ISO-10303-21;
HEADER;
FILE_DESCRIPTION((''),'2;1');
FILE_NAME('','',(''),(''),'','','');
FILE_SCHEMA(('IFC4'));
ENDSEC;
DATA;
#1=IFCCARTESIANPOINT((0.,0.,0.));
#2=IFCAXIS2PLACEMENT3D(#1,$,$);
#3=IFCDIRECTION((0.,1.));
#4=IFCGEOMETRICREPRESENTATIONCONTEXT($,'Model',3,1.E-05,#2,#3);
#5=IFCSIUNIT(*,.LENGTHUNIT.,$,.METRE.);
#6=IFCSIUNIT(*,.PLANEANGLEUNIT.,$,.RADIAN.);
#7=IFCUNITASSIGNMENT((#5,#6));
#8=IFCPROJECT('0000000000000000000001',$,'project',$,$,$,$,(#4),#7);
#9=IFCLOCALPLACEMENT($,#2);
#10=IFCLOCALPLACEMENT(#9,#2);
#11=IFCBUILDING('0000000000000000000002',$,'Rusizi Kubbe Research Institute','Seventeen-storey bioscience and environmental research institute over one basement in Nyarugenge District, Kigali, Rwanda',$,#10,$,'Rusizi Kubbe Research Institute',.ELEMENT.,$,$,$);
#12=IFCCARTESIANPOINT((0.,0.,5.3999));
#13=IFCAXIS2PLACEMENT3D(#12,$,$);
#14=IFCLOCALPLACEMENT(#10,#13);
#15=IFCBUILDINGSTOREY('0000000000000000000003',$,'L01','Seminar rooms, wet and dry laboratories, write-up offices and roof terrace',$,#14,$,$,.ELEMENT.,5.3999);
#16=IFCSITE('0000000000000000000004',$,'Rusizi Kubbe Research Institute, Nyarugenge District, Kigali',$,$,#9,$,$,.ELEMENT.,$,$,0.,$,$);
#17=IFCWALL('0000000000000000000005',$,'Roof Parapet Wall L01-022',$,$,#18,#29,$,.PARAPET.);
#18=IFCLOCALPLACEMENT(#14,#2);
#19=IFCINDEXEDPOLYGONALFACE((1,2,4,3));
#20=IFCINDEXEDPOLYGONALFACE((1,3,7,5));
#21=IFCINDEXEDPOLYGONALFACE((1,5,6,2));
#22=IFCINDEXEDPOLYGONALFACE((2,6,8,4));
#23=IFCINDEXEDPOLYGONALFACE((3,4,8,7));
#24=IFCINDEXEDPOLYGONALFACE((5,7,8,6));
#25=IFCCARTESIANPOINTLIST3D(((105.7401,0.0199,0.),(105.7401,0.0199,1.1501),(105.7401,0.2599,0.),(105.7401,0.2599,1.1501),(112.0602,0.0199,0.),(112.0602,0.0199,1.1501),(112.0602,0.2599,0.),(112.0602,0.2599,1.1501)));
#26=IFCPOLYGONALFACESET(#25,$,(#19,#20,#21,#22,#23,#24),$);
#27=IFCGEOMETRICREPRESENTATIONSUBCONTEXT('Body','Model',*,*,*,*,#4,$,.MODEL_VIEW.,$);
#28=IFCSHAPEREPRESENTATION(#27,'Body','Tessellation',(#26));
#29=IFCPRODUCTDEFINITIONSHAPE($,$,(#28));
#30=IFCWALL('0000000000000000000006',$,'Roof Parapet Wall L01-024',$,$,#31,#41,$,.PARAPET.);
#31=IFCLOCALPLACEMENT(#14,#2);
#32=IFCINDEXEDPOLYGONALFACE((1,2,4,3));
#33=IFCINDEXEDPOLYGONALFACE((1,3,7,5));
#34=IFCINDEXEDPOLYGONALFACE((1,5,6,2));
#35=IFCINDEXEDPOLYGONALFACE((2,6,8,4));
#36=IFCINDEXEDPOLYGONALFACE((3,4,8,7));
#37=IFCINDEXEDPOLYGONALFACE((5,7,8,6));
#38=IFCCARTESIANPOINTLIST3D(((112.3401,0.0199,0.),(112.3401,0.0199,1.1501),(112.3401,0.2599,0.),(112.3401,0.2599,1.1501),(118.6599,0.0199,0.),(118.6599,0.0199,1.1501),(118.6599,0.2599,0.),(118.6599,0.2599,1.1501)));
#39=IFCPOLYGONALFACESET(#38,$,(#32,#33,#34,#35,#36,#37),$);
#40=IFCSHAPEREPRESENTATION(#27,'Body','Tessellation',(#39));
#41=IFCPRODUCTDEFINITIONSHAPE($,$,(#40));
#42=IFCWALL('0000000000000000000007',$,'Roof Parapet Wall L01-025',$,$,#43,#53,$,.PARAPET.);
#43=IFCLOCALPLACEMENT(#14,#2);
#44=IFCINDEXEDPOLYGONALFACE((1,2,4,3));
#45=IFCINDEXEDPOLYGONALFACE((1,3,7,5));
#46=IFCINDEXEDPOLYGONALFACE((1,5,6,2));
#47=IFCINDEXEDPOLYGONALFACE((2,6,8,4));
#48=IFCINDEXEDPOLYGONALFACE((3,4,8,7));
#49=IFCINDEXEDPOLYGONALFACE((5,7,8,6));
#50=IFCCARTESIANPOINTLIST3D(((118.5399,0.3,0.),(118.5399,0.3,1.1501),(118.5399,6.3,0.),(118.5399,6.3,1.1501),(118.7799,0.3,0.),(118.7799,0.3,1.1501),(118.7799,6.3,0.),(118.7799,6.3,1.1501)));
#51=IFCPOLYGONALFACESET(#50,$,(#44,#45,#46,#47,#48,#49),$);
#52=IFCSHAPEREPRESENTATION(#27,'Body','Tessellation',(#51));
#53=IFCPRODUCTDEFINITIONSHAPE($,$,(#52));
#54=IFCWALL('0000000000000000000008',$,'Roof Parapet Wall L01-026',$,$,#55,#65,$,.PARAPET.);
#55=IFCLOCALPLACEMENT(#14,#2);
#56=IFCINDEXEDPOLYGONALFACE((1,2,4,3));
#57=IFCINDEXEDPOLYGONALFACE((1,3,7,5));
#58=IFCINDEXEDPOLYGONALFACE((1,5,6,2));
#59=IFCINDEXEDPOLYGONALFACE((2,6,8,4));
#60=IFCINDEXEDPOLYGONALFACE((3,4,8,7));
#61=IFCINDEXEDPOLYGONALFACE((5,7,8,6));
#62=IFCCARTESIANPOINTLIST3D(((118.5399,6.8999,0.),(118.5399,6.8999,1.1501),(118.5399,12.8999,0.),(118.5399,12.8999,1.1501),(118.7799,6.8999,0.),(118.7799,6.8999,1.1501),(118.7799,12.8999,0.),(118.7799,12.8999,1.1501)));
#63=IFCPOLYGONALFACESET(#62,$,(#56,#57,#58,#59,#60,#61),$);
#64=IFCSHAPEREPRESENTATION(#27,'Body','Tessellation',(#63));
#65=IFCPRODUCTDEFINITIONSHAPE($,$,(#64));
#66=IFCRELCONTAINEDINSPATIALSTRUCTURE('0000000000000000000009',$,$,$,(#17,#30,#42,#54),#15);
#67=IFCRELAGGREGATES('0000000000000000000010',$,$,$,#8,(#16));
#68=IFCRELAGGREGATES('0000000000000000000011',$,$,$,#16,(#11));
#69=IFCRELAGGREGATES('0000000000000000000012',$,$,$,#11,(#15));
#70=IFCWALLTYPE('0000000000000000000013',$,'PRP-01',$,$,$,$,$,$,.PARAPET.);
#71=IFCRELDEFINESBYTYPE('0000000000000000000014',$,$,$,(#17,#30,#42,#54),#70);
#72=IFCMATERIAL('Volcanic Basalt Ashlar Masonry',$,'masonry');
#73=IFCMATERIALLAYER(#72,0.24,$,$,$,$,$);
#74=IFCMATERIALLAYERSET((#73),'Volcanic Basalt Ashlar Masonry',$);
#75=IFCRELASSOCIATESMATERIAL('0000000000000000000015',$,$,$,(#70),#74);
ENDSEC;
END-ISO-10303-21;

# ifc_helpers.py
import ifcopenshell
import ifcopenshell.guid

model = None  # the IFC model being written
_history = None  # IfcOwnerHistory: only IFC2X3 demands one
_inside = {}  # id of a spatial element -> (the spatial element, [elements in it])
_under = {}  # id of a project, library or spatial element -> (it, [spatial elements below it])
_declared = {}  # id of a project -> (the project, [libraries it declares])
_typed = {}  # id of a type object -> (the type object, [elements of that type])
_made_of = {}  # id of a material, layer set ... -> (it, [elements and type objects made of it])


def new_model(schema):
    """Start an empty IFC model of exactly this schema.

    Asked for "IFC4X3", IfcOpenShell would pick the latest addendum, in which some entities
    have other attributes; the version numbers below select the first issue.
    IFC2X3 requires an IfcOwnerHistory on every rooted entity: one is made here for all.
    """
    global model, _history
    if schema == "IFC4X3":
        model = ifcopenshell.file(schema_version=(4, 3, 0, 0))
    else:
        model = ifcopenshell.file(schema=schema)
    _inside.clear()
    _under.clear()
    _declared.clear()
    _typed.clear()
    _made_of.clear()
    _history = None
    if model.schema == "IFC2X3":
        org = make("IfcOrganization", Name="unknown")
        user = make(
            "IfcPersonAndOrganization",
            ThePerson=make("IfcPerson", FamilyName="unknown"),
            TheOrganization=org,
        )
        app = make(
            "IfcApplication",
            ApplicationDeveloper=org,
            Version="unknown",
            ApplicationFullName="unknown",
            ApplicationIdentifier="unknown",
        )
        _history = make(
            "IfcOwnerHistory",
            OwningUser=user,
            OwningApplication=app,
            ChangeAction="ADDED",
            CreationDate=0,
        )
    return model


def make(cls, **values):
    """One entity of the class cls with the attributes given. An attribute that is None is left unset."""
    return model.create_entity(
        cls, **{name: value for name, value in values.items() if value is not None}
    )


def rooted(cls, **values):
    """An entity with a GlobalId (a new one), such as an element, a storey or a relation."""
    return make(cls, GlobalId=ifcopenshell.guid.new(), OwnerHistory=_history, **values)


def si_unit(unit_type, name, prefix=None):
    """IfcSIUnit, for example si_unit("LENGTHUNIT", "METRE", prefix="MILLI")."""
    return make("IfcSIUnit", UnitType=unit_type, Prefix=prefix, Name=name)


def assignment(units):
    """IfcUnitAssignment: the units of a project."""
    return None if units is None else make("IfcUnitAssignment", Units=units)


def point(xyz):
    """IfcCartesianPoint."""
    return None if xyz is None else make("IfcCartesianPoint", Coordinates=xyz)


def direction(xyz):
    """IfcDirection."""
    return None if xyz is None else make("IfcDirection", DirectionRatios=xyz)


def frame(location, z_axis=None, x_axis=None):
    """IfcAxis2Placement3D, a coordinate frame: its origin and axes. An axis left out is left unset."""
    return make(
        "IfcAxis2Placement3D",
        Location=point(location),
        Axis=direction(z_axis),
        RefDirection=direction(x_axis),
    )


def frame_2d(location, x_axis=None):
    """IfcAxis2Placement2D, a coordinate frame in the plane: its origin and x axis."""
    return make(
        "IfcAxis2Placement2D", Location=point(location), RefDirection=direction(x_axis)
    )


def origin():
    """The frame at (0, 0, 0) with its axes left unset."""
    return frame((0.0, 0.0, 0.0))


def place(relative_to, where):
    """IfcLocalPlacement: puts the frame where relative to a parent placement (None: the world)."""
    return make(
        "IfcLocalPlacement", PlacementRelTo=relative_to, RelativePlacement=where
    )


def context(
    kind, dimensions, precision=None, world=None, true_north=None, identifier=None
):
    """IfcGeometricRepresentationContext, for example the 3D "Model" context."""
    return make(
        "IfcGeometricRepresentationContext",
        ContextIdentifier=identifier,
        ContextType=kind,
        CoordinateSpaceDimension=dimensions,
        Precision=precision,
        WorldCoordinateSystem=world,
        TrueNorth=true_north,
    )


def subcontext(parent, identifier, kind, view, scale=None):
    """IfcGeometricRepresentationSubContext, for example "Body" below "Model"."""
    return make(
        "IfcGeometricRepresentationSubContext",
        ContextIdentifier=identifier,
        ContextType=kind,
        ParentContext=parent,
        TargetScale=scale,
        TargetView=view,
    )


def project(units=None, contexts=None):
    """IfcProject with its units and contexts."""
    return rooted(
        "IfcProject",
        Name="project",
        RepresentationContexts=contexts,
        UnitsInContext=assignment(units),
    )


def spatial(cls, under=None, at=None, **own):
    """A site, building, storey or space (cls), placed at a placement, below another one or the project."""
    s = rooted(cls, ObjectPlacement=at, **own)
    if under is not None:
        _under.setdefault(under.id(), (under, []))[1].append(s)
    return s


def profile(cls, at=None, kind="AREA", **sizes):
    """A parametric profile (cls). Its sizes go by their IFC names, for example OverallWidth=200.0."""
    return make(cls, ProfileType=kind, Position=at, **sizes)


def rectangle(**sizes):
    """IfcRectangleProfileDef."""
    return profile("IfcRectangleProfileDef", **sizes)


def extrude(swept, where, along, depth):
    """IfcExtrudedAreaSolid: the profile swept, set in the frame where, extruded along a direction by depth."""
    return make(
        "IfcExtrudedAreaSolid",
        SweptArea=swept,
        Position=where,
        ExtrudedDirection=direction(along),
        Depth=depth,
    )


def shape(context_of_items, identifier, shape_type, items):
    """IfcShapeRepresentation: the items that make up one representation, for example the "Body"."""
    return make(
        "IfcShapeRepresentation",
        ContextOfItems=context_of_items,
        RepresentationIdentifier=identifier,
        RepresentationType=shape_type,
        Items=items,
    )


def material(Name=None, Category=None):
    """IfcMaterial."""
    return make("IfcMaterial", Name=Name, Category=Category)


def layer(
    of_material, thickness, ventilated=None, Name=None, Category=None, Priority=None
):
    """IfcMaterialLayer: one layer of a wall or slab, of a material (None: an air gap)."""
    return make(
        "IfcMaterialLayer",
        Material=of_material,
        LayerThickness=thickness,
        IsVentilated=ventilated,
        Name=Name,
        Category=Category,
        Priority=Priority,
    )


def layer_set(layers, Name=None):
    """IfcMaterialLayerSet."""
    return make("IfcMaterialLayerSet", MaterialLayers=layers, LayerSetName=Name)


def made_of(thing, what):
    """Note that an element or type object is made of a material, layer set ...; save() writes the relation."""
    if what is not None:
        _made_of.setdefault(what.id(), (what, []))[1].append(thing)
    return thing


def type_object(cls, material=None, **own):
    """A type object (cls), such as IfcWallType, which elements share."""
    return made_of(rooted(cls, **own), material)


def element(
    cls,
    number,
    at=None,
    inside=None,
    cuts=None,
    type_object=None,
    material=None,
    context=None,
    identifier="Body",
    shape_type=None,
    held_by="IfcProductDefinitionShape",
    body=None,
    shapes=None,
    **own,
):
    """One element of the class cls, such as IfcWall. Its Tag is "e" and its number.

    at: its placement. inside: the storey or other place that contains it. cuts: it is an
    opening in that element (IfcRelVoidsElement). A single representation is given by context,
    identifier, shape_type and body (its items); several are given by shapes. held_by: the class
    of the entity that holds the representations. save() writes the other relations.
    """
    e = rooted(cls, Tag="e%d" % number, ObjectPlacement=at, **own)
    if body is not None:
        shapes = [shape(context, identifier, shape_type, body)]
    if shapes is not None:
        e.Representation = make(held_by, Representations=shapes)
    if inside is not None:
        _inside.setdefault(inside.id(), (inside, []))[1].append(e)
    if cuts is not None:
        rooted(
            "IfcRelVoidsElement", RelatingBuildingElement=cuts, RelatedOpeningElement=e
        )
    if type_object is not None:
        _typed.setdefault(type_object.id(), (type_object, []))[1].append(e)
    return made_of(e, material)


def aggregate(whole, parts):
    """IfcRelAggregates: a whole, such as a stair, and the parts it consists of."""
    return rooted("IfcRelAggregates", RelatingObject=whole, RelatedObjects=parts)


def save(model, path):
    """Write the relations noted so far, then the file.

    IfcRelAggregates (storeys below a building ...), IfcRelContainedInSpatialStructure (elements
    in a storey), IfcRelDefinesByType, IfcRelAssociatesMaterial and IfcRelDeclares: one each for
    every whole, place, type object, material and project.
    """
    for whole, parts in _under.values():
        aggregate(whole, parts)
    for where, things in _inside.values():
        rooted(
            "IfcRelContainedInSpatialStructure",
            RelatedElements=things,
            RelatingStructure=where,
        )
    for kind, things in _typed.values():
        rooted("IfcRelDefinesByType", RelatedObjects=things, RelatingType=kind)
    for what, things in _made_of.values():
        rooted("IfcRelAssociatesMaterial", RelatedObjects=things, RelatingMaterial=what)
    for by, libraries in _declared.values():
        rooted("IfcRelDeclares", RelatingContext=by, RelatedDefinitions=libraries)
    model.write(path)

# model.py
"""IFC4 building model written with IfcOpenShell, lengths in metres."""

from ifc_helpers import new_model, si_unit, direction, frame, frame_2d, origin, place, context, subcontext, project, spatial, rectangle, extrude, material, layer, layer_set, type_object, element, save


model = new_model("IFC4")

# Units and contexts
model_context = context("Model", 3, precision=1e-05, world=origin(), true_north=direction((0.0, 1.0)))
body_context = subcontext(model_context, "Body", "Model", "MODEL_VIEW")
ifc_project = project(units=[si_unit("LENGTHUNIT", "METRE"), si_unit("PLANEANGLEUNIT", "RADIAN")], contexts=[model_context])

# Site, building, storey
site_placement = place(None, origin())
site = spatial("IfcSite", under=ifc_project, at=site_placement, Name="Rusizi Kubbe Research Institute, Nyarugenge District, Kigali", CompositionType="ELEMENT", RefElevation=0.0)
building_placement = place(site_placement, origin())
building = spatial("IfcBuilding", under=site, at=building_placement, Name="Rusizi Kubbe Research Institute", Description="Seventeen-storey bioscience and environmental research institute over one basement in Nyarugenge District, Kigali, Rwanda", LongName="Rusizi Kubbe Research Institute", CompositionType="ELEMENT")
storey_placement = place(building_placement, frame((0.0, 0.0, 5.3999)))
storey = spatial("IfcBuildingStorey", under=building, at=storey_placement, Name="L01", Description="Seminar rooms, wet and dry laboratories, write-up offices and roof terrace", CompositionType="ELEMENT", Elevation=5.3999)

# Walls
ifc_material_1 = material(Name="Volcanic Basalt Ashlar Masonry", Category="masonry")
ifc_layer_1 = layer(ifc_material_1, 0.24)
ifc_layer_set_1 = layer_set([ifc_layer_1], Name="Volcanic Basalt Ashlar Masonry")
wall_type = type_object("IfcWallType", Name="PRP-01", PredefinedType="PARAPET", material=ifc_layer_set_1)
wall_1_placement = place(storey_placement, frame((105.74, 0.1399, 0.0), z_axis=(0.0, 0.0, 1.0), x_axis=(1.0, 0.0, 0.0)))
element("IfcWall", 1, at=wall_1_placement, inside=storey, type_object=wall_type, Name="Roof Parapet Wall L01-022", PredefinedType="PARAPET", context=body_context, shape_type="SweptSolid", body=[
    extrude(rectangle(XDim=6.3201, YDim=0.24, at=frame_2d((3.1602, 0.0))), origin(), (0.0, 0.0, 1.0), 1.1501),
])
wall_2_placement = place(storey_placement, frame((112.3401, 0.1399, 0.0), z_axis=(0.0, 0.0, 1.0), x_axis=(1.0, 0.0, 0.0)))
element("IfcWall", 2, at=wall_2_placement, inside=storey, type_object=wall_type, Name="Roof Parapet Wall L01-024", PredefinedType="PARAPET", context=body_context, shape_type="SweptSolid", body=[
    extrude(rectangle(XDim=6.3198, YDim=0.24, at=frame_2d((3.1599, 0.0))), origin(), (0.0, 0.0, 1.0), 1.1501),
])
for number, where, z_axis, x_axis, name in (
    (3, (118.6599, 0.3, 0.0), (0.0, 0.0, 1.0), (0.0, 1.0, 0.0), "Roof Parapet Wall L01-025"),
    (4, (118.6599, 6.8999, 0.0), (0.0, 0.0, 1.0), (0.0, 1.0, 0.0), "Roof Parapet Wall L01-026"),
):
    element("IfcWall", number, at=place(storey_placement, frame(where, z_axis=z_axis, x_axis=x_axis)), inside=storey, type_object=wall_type, Name=name, PredefinedType="PARAPET", context=body_context, shape_type="SweptSolid", body=[
        extrude(rectangle(XDim=6.0, YDim=0.24, at=frame_2d((3.0, 0.0))), origin(), (0.0, 0.0, 1.0), 1.1501),
    ])

save(model, "model.ifc")
